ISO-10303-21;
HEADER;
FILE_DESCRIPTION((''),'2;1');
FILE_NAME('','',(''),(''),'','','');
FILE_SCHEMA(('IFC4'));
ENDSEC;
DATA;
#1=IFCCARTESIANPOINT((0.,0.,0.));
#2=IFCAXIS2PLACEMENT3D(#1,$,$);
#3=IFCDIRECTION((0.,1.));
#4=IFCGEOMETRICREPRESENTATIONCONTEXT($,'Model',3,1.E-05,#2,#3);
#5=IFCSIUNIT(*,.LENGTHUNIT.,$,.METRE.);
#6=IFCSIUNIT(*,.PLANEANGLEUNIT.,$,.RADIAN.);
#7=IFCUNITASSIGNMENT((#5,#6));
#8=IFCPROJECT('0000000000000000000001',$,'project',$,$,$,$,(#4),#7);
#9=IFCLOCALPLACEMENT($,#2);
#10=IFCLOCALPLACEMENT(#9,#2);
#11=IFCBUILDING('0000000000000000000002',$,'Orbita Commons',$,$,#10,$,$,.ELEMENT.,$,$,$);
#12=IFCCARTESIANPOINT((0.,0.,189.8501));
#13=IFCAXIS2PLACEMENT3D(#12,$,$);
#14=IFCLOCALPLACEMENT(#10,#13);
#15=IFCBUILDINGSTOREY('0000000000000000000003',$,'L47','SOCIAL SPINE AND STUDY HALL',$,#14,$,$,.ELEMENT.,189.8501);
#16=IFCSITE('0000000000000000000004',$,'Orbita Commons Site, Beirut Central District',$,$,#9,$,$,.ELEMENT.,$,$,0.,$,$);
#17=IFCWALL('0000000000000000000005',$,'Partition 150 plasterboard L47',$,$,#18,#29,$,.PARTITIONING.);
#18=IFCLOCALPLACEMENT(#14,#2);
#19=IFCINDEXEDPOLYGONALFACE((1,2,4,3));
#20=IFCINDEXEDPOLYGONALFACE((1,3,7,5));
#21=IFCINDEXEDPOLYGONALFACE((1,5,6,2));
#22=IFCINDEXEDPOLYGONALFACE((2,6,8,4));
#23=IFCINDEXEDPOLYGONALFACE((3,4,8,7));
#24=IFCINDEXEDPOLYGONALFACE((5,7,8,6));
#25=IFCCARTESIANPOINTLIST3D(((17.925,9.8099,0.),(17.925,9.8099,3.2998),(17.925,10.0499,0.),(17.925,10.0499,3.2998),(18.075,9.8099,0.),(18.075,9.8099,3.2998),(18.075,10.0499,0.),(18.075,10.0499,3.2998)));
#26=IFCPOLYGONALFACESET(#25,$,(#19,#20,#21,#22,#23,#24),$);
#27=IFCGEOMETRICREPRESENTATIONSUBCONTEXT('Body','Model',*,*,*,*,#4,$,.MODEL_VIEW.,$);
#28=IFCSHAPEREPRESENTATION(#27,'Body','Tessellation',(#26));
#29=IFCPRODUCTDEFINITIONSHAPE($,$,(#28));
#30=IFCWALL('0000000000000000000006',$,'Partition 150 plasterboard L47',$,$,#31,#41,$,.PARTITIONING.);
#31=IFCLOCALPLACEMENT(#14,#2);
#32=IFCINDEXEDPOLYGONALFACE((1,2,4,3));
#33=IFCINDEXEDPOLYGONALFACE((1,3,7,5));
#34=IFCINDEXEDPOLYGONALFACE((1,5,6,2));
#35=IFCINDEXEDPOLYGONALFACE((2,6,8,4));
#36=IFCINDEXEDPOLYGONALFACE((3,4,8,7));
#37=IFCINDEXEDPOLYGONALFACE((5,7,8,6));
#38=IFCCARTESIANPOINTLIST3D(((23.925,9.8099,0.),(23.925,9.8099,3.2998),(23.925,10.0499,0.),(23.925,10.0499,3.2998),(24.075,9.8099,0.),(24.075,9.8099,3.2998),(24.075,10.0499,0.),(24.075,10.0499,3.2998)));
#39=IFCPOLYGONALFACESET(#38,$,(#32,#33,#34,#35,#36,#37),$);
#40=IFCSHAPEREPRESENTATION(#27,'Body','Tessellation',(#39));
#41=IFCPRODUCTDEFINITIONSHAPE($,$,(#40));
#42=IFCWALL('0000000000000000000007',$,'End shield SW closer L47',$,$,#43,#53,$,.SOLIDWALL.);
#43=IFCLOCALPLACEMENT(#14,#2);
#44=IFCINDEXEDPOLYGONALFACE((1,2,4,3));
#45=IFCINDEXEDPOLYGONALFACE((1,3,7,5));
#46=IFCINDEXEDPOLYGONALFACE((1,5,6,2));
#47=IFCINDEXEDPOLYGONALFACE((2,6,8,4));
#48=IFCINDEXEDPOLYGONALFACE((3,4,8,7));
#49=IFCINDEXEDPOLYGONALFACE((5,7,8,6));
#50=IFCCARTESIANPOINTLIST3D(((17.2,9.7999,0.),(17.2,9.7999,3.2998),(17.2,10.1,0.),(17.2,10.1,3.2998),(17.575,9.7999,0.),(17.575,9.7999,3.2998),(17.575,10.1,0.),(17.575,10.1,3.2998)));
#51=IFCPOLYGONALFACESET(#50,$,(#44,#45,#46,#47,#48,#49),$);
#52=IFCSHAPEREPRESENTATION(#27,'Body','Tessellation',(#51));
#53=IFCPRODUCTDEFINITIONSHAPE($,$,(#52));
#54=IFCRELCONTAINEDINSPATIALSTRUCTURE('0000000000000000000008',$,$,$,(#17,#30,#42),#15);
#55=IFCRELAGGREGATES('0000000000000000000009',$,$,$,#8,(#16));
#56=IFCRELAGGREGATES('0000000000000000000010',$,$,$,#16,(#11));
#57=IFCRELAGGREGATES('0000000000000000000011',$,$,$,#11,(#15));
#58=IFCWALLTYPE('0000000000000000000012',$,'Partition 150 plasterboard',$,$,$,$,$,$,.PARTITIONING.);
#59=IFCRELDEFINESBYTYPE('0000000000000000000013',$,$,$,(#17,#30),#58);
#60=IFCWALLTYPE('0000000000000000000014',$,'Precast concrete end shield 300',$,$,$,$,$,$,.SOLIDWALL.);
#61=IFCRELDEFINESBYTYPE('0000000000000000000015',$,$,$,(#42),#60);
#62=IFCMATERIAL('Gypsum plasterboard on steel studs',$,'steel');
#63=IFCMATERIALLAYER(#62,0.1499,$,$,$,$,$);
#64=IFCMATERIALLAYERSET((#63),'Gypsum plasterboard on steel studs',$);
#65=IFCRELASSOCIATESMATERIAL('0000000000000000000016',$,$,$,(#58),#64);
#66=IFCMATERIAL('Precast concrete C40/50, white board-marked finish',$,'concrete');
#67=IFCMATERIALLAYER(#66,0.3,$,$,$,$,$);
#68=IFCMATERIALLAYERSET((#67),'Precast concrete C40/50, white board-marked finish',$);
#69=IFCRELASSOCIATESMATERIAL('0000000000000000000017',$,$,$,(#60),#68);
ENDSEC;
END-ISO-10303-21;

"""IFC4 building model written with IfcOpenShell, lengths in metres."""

from ifc_helpers import new_model, si_unit, direction, frame, frame_2d, origin, place, context, subcontext, project, spatial, rectangle, extrude, material, layer, layer_set, type_object, element, save


model = new_model("IFC4")

# Units and contexts
model_context = context("Model", 3, precision=1e-05, world=origin(), true_north=direction((0.0, 1.0)))
body_context = subcontext(model_context, "Body", "Model", "MODEL_VIEW")
ifc_project = project(units=[si_unit("LENGTHUNIT", "METRE"), si_unit("PLANEANGLEUNIT", "RADIAN")], contexts=[model_context])

# Site, building, storey
site_placement = place(None, origin())
site = spatial("IfcSite", under=ifc_project, at=site_placement, Name="Orbita Commons Site, Beirut Central District", CompositionType="ELEMENT", RefElevation=0.0)
building_placement = place(site_placement, origin())
building = spatial("IfcBuilding", under=site, at=building_placement, Name="Orbita Commons", CompositionType="ELEMENT")
storey_placement = place(building_placement, frame((0.0, 0.0, 189.8501)))
storey = spatial("IfcBuildingStorey", under=building, at=storey_placement, Name="L47", Description="SOCIAL SPINE AND STUDY HALL", CompositionType="ELEMENT", Elevation=189.8501)

# Walls
ifc_material_1 = material(Name="Gypsum plasterboard on steel studs", Category="steel")
ifc_layer_1 = layer(ifc_material_1, 0.1499)
ifc_layer_set_1 = layer_set([ifc_layer_1], Name="Gypsum plasterboard on steel studs")
wall_type_1 = type_object("IfcWallType", Name="Partition 150 plasterboard", PredefinedType="PARTITIONING", material=ifc_layer_set_1)
for number, where, z_axis, x_axis, name in (
    (1, (18.0, 10.05, 0.0), (0.0, 0.0, 1.0), (0.0, -1.0, 0.0), "Partition 150 plasterboard L47"),
    (2, (24.0, 10.05, 0.0), (0.0, 0.0, 1.0), (0.0, -1.0, 0.0), "Partition 150 plasterboard L47"),
):
    element("IfcWall", number, at=place(storey_placement, frame(where, z_axis=z_axis, x_axis=x_axis)), inside=storey, type_object=wall_type_1, Name=name, PredefinedType="PARTITIONING", context=body_context, shape_type="SweptSolid", body=[
        extrude(rectangle(XDim=0.24, YDim=0.1499, at=frame_2d((0.1201, 0.0))), origin(), (0.0, 0.0, 1.0), 3.2998),
    ])
ifc_material_2 = material(Name="Precast concrete C40/50, white board-marked finish", Category="concrete")
ifc_layer_2 = layer(ifc_material_2, 0.3)
ifc_layer_set_2 = layer_set([ifc_layer_2], Name="Precast concrete C40/50, white board-marked finish")
wall_type_2 = type_object("IfcWallType", Name="Precast concrete end shield 300", PredefinedType="SOLIDWALL", material=ifc_layer_set_2)
wall_placement = place(storey_placement, frame((17.2, 9.95, 0.0), z_axis=(0.0, 0.0, 1.0), x_axis=(1.0, 0.0, 0.0)))
element("IfcWall", 3, at=wall_placement, inside=storey, type_object=wall_type_2, Name="End shield SW closer L47", PredefinedType="SOLIDWALL", context=body_context, shape_type="SweptSolid", body=[
    extrude(rectangle(XDim=0.375, YDim=0.3, at=frame_2d((0.1875, 0.0))), origin(), (0.0, 0.0, 1.0), 3.2998),
])

save(model, "model.ifc")
